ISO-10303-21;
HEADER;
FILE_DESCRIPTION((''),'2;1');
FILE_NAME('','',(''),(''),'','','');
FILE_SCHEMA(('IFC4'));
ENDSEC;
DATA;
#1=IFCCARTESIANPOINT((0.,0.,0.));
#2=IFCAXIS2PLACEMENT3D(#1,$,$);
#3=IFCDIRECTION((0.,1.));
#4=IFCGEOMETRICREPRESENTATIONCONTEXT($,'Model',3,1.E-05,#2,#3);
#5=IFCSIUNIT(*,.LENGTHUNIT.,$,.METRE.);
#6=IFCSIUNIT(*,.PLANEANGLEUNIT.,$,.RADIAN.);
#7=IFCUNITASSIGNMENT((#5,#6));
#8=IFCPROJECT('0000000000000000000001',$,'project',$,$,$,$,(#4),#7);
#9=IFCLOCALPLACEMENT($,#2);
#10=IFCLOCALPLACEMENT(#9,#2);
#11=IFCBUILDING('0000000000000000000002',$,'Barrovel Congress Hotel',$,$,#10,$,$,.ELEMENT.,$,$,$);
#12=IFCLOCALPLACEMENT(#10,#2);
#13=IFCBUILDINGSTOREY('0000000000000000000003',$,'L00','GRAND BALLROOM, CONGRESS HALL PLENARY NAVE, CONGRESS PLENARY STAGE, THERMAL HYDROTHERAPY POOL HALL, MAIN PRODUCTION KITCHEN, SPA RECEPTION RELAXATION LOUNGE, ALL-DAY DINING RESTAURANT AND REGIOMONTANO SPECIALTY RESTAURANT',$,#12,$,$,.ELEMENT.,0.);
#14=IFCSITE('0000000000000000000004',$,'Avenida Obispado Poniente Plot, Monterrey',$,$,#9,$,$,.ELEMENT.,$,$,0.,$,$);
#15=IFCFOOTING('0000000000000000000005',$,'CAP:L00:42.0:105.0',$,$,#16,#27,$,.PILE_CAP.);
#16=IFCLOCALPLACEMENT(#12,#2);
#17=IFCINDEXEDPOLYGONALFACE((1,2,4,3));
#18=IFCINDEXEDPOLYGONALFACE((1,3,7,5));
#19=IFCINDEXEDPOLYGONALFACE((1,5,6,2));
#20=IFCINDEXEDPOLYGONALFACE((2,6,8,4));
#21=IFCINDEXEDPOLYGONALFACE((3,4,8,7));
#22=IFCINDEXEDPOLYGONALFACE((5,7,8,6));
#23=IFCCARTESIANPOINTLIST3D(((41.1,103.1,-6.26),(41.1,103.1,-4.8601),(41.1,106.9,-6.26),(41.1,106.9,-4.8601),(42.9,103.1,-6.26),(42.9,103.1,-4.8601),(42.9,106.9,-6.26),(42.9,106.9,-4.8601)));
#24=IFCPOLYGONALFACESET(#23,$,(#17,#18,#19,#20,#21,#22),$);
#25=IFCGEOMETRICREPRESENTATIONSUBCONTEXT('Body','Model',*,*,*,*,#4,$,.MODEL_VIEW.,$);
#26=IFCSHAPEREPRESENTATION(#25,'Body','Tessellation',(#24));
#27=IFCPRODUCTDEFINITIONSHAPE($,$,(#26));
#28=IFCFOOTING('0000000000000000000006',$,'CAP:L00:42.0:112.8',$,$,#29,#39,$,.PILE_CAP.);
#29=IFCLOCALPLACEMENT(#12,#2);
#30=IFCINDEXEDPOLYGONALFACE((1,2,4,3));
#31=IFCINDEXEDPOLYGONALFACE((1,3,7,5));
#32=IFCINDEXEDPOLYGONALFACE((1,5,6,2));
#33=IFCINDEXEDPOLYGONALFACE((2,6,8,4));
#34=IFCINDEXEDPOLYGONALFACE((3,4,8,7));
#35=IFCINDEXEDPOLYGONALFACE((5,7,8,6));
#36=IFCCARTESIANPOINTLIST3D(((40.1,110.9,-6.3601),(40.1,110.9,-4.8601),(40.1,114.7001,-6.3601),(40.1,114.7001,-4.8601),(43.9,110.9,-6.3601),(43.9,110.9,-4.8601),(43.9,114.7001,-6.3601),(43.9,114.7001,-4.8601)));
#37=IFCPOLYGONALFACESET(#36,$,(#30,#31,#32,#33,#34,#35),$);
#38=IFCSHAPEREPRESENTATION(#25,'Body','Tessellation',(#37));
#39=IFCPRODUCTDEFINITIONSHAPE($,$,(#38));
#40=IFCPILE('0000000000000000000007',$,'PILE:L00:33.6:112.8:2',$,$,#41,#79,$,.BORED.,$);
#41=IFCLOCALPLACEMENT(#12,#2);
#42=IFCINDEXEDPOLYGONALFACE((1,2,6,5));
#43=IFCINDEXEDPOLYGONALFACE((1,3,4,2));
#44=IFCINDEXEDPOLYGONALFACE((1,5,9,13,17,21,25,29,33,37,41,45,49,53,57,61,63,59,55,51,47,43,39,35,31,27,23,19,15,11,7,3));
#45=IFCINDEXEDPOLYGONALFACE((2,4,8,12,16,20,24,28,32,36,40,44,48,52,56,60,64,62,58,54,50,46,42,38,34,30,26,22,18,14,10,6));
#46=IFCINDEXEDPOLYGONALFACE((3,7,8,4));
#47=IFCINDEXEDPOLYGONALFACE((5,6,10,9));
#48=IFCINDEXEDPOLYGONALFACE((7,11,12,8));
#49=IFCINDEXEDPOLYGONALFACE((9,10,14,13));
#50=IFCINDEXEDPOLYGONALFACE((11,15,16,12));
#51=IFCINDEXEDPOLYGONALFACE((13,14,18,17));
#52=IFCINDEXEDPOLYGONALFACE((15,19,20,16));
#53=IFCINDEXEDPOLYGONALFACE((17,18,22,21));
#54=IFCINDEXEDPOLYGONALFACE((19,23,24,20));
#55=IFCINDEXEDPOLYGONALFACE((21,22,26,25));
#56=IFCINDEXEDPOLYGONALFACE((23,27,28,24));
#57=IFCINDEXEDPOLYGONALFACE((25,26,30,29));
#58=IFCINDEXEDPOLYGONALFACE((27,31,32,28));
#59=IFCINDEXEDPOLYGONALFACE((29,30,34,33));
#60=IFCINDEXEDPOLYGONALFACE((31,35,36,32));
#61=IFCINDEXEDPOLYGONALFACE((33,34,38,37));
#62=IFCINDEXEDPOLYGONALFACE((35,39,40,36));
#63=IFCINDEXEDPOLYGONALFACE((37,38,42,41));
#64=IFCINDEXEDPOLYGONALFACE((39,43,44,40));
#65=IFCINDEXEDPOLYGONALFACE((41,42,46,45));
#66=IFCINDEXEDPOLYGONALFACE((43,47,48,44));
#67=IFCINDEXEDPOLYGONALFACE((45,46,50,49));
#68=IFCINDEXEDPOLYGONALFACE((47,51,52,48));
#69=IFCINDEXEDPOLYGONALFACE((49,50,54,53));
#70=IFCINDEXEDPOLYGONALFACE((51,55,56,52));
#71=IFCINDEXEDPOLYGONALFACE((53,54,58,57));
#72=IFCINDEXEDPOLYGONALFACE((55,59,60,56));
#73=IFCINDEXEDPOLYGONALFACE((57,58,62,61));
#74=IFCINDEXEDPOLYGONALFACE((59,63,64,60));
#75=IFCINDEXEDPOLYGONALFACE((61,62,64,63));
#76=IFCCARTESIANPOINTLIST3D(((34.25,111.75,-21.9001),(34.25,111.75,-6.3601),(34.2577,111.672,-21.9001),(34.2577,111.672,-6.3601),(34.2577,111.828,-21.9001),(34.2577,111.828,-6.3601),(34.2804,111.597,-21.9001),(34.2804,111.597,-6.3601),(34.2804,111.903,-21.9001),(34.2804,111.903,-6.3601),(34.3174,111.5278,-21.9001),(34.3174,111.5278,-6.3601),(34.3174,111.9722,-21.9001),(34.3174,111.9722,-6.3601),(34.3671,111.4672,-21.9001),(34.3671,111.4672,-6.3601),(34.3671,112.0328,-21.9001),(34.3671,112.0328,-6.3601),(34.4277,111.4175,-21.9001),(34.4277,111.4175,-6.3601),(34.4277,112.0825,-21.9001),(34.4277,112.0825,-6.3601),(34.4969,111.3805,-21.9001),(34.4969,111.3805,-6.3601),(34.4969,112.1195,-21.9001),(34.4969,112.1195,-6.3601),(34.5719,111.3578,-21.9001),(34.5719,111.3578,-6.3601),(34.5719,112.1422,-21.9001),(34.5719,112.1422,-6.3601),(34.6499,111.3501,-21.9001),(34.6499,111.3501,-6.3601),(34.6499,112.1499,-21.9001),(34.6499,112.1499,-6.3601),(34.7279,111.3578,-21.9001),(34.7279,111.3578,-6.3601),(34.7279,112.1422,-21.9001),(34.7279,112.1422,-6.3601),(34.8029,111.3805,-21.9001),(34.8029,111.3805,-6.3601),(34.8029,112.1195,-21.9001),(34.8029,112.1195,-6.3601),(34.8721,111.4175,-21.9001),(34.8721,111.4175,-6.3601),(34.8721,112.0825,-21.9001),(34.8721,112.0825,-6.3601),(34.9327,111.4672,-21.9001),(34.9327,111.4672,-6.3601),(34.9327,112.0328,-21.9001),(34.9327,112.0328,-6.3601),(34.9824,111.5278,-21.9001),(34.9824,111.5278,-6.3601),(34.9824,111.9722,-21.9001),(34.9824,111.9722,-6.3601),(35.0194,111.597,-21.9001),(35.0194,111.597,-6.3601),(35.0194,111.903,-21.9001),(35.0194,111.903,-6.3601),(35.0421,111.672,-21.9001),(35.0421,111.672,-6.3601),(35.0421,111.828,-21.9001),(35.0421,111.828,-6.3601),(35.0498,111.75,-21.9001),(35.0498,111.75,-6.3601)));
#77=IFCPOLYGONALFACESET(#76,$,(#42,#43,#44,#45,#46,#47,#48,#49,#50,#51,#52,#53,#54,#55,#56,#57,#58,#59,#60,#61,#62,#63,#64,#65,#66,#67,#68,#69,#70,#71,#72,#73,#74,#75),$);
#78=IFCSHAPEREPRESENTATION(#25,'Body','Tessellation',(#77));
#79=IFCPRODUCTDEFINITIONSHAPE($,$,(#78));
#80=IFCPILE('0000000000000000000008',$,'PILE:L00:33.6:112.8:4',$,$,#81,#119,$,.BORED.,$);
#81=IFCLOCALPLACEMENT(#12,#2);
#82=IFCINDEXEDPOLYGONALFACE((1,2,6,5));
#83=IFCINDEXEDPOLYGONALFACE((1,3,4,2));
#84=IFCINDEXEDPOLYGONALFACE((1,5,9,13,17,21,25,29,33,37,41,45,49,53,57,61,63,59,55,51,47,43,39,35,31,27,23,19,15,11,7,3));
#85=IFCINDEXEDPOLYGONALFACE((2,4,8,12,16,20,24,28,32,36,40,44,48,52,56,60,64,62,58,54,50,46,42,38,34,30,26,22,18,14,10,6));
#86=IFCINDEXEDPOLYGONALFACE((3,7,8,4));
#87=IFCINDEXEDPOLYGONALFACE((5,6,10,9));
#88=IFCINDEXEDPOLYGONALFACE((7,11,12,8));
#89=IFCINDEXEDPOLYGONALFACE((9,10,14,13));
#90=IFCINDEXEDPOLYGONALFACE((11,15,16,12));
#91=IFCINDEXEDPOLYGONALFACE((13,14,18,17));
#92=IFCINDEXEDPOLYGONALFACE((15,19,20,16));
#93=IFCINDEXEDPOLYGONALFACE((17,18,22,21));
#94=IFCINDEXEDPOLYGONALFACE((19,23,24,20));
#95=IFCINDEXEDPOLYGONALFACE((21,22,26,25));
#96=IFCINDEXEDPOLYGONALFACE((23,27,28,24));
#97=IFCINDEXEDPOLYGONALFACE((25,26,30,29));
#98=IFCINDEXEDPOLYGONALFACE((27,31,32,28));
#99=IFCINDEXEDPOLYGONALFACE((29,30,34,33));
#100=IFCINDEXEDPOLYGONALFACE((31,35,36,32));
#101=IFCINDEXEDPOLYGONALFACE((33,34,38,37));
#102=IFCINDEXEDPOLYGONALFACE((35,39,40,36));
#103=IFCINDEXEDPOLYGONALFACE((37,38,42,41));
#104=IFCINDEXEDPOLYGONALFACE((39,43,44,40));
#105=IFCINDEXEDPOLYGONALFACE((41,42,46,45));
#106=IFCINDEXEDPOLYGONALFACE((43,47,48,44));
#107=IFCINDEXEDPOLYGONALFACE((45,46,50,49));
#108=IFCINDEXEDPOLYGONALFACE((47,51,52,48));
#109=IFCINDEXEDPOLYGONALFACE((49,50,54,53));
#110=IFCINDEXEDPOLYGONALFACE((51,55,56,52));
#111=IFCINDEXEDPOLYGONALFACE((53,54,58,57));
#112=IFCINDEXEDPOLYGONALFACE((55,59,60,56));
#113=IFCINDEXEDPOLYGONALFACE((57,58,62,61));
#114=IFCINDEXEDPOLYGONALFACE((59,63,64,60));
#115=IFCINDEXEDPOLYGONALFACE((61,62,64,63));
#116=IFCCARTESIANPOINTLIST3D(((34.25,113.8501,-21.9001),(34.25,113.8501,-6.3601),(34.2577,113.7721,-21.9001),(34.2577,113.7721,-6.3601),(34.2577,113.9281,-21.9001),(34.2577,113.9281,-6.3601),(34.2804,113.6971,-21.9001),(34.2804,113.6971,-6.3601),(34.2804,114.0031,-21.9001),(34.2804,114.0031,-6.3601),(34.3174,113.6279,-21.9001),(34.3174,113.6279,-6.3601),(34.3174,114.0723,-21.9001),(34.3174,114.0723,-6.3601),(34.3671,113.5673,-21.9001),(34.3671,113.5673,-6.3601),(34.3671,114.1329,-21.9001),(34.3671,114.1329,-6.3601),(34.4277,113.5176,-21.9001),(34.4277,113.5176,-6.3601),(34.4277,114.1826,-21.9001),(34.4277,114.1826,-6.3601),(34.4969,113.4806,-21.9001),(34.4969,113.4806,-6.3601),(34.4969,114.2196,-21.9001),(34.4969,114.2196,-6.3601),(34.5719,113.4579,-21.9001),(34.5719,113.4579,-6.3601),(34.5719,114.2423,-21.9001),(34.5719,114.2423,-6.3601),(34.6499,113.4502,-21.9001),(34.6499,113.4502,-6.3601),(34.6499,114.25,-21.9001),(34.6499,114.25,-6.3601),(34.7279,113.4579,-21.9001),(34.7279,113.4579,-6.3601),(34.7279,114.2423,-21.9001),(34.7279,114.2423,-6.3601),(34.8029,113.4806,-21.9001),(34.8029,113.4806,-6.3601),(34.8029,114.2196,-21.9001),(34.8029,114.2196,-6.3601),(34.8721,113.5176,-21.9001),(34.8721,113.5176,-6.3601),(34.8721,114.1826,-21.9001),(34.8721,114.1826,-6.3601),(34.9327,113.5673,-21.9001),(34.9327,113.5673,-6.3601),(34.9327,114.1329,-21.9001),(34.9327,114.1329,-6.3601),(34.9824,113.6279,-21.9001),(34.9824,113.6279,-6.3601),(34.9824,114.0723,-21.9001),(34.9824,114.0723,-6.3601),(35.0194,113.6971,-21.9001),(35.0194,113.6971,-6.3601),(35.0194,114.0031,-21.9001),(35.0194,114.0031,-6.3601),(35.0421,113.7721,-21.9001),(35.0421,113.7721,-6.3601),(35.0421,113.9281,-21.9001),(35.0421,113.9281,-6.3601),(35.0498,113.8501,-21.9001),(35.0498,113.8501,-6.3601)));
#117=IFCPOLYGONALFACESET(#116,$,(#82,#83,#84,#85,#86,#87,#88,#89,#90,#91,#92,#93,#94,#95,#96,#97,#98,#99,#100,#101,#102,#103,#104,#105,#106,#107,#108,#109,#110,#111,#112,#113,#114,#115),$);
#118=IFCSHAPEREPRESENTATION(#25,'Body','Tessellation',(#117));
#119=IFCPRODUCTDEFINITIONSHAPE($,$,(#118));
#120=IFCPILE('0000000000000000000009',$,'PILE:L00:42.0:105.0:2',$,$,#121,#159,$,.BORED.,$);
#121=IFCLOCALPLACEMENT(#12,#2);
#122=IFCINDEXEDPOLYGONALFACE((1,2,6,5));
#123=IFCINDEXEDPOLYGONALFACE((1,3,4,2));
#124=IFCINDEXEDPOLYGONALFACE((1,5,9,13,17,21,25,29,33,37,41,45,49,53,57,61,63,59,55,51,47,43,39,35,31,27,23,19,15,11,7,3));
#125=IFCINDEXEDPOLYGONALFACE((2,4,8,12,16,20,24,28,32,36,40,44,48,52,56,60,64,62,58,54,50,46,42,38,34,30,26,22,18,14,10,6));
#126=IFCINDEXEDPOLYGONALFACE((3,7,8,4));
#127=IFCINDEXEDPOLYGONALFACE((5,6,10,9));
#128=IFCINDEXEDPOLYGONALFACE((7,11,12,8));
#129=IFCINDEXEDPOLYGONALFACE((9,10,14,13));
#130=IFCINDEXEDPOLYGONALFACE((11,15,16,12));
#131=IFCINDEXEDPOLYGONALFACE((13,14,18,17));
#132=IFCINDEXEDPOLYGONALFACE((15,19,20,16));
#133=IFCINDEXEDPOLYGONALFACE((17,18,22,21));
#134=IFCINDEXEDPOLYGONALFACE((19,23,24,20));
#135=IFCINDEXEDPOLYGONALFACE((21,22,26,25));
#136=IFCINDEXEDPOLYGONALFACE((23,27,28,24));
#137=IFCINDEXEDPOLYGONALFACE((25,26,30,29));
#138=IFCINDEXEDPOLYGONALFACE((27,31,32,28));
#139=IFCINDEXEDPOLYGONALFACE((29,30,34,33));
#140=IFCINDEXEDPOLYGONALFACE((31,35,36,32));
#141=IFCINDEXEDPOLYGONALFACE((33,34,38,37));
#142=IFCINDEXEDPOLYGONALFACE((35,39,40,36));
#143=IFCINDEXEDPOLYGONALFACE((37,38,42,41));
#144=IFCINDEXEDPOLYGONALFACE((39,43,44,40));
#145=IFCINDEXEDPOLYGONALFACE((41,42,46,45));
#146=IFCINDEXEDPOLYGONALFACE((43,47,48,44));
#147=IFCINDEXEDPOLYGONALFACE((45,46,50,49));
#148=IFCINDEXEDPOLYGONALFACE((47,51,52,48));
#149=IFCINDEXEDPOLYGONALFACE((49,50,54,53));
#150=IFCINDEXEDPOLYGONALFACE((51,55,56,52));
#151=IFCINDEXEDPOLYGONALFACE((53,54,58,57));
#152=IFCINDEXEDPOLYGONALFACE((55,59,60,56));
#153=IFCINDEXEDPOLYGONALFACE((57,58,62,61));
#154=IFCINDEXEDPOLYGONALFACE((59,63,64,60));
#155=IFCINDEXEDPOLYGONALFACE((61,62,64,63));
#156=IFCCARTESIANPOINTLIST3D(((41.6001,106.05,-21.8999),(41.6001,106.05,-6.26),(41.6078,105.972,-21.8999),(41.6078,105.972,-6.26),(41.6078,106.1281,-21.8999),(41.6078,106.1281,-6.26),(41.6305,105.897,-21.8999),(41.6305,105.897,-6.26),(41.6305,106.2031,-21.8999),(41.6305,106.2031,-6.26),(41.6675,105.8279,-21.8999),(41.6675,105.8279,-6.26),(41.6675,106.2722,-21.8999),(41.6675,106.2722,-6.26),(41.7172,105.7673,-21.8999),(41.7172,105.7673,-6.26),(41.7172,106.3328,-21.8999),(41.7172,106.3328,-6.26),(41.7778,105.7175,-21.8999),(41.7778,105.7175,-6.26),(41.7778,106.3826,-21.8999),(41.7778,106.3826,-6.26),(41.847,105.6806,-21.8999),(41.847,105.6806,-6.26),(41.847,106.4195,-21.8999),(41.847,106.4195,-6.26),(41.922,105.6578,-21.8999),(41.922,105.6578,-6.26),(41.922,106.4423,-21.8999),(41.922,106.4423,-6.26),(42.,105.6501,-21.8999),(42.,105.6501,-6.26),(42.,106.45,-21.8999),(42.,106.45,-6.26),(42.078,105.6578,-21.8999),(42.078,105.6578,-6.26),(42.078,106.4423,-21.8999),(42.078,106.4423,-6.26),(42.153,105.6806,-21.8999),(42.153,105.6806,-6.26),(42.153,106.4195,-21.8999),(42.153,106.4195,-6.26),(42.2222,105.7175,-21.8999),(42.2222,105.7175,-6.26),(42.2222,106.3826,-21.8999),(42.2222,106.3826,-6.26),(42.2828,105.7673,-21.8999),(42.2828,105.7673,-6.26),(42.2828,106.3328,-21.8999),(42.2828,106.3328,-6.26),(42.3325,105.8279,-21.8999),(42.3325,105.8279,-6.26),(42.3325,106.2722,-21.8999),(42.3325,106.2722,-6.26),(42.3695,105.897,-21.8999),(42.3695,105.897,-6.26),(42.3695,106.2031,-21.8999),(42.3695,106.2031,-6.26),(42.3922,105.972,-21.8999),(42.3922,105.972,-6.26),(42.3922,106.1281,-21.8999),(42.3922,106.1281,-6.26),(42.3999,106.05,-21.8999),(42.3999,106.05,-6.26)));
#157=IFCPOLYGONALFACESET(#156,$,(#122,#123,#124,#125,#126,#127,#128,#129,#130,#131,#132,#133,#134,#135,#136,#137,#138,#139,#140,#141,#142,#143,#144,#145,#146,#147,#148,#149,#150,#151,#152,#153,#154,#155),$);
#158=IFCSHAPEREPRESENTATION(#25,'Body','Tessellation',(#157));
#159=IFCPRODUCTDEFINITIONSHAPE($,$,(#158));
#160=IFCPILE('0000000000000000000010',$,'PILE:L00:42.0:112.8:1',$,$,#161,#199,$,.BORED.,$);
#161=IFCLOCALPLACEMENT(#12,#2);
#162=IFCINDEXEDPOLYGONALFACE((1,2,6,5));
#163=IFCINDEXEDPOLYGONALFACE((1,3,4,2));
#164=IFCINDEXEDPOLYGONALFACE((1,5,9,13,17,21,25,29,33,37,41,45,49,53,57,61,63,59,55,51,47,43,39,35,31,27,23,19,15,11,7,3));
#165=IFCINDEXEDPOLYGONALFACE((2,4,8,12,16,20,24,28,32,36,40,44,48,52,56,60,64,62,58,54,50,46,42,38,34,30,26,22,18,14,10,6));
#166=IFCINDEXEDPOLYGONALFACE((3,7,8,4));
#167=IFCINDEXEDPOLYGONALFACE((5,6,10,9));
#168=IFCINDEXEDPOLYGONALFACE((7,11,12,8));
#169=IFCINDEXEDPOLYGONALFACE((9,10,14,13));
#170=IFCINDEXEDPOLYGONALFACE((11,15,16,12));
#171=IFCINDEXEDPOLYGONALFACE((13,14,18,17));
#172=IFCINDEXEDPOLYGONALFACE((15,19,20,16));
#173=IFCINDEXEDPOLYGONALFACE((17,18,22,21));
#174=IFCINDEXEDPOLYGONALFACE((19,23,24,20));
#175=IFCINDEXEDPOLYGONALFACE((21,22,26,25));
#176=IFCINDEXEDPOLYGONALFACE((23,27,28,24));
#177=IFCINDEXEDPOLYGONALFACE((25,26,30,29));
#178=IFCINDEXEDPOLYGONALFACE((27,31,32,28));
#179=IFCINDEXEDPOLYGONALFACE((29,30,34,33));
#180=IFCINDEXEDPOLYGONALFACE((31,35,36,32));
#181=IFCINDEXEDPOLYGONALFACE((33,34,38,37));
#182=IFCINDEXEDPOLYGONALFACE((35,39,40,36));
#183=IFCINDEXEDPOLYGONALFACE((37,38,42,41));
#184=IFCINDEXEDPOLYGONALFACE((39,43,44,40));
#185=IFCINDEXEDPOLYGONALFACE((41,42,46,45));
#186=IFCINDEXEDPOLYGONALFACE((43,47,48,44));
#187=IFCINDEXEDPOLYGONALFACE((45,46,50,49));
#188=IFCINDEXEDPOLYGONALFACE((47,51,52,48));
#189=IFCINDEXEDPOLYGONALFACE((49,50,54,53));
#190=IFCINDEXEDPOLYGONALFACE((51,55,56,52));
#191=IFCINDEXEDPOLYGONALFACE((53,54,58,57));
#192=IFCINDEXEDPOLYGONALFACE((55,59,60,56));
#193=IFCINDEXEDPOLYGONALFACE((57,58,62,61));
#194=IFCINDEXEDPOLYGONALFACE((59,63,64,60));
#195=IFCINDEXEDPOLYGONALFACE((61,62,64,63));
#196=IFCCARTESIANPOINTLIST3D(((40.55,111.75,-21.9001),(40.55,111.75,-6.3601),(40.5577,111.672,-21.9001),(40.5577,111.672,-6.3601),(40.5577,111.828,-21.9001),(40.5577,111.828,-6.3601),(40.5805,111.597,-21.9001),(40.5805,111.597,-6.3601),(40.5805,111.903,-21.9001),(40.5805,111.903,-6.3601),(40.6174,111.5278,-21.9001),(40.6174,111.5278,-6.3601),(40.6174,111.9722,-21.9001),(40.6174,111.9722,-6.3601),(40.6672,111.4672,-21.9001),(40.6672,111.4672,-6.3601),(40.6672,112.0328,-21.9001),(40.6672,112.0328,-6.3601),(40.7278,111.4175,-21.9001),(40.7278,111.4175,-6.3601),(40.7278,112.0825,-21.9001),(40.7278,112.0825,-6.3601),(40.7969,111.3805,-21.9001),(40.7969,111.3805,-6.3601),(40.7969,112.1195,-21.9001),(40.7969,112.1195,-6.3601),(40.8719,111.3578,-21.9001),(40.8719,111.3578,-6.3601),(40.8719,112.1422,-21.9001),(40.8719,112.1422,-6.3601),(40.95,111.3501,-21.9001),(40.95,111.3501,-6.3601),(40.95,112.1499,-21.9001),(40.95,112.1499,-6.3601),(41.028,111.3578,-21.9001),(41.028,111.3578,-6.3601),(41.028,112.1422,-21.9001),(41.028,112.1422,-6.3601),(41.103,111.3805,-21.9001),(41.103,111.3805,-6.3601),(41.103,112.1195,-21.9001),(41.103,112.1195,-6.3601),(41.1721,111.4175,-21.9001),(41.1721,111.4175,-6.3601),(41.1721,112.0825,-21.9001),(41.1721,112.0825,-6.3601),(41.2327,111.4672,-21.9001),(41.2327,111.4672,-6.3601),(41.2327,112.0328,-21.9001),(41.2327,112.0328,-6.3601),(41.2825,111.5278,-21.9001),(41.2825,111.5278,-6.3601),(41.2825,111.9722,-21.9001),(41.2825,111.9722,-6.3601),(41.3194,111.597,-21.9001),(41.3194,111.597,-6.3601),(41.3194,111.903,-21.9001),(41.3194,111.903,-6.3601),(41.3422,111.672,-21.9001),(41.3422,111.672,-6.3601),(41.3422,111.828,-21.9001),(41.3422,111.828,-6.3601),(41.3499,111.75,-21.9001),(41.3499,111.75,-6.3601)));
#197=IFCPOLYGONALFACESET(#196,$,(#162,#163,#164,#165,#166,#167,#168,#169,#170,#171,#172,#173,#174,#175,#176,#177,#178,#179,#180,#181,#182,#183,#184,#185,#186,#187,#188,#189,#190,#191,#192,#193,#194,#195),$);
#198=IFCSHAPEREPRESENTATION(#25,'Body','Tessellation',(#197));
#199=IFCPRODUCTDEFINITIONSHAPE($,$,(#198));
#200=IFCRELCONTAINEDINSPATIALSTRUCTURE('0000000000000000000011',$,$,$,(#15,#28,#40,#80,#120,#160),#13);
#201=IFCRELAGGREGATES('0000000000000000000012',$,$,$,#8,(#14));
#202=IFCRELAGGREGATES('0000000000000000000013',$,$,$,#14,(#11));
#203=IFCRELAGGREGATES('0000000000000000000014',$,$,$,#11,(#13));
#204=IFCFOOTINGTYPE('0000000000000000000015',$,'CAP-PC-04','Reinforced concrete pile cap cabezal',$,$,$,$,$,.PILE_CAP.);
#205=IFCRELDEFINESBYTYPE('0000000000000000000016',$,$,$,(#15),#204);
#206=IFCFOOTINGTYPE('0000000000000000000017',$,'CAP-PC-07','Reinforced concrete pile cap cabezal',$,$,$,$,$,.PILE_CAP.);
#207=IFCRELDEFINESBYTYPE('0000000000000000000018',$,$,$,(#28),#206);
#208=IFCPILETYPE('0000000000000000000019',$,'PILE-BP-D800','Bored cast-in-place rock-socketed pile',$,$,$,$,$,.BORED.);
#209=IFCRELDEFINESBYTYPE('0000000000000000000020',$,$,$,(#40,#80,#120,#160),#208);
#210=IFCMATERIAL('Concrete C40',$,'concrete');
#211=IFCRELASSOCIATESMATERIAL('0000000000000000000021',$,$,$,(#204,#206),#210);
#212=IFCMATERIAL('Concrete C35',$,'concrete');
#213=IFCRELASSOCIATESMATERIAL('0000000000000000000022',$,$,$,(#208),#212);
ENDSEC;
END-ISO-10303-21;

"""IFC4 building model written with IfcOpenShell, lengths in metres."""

from ifc_helpers import new_model, si_unit, direction, frame, origin, origin_2d, place, context, subcontext, project, spatial, rectangle, circle, extrude, material, material_profile, profile_set, type_object, element, save


model = new_model("IFC4")

# Units and contexts
model_context = context("Model", 3, precision=1e-05, world=origin(), true_north=direction((0.0, 1.0)))
body_context = subcontext(model_context, "Body", "Model", "MODEL_VIEW")
ifc_project = project(units=[si_unit("LENGTHUNIT", "METRE"), si_unit("PLANEANGLEUNIT", "RADIAN")], contexts=[model_context])

# Site, building, storey
site_placement = place(None, origin())
site = spatial("IfcSite", under=ifc_project, at=site_placement, Name="Avenida Obispado Poniente Plot, Monterrey", CompositionType="ELEMENT", RefElevation=0.0)
building_placement = place(site_placement, origin())
building = spatial("IfcBuilding", under=site, at=building_placement, Name="Barrovel Congress Hotel", CompositionType="ELEMENT")
storey_placement = place(building_placement, origin())
storey = spatial("IfcBuildingStorey", under=building, at=storey_placement, Name="L00", Description="GRAND BALLROOM, CONGRESS HALL PLENARY NAVE, CONGRESS PLENARY STAGE, THERMAL HYDROTHERAPY POOL HALL, MAIN PRODUCTION KITCHEN, SPA RECEPTION RELAXATION LOUNGE, ALL-DAY DINING RESTAURANT AND REGIOMONTANO SPECIALTY RESTAURANT", CompositionType="ELEMENT", Elevation=0.0)

# Footings
ifc_material_1 = material(Name="Concrete C40", Category="concrete")
footing_type_1 = type_object("IfcFootingType", Name="CAP-PC-04", Description="Reinforced concrete pile cap cabezal", PredefinedType="PILE_CAP", material=ifc_material_1)
footing_1_placement = place(storey_placement, frame((42.0, 105.0, -6.26), z_axis=(0.0, 0.0, 1.0), x_axis=(1.0, 0.0, 0.0)))
element("IfcFooting", 1, at=footing_1_placement, inside=storey, type_object=footing_type_1, Name="CAP:L00:42.0:105.0", PredefinedType="PILE_CAP", context=body_context, shape_type="SweptSolid", body=[
    extrude(rectangle(XDim=1.8, YDim=3.8, at=origin_2d()), origin(), (0.0, 0.0, 1.0), 1.3999),
])
footing_type_2 = type_object("IfcFootingType", Name="CAP-PC-07", Description="Reinforced concrete pile cap cabezal", PredefinedType="PILE_CAP", material=ifc_material_1)
footing_2_placement = place(storey_placement, frame((42.0, 112.8, -6.3601), z_axis=(0.0, 0.0, 1.0), x_axis=(1.0, 0.0, 0.0)))
element("IfcFooting", 2, at=footing_2_placement, inside=storey, type_object=footing_type_2, Name="CAP:L00:42.0:112.8", PredefinedType="PILE_CAP", context=body_context, shape_type="SweptSolid", body=[
    extrude(rectangle(XDim=3.8, YDim=3.8, at=origin_2d()), origin(), (0.0, 0.0, 1.0), 1.5),
])

# Piles
ifc_material_2 = material(Name="Concrete C35", Category="concrete")
ifc_material_profile_1 = material_profile(ifc_material_2, circle(Radius=0.3999, at=origin_2d()), Name="BP-D800")
ifc_profile_set_1 = profile_set([ifc_material_profile_1], Name="Concrete C35")
pile_type = type_object("IfcPileType", Name="PILE-BP-D800", Description="Bored cast-in-place rock-socketed pile", PredefinedType="BORED", material=ifc_profile_set_1)
for number, where, z_axis, x_axis, name in (
    (3, (34.6499, 111.75, -6.3601), (0.0, 0.0, -1.0), (1.0, 0.0, 0.0), "PILE:L00:33.6:112.8:2"),
    (4, (34.6499, 113.8501, -6.3601), (0.0, 0.0, -1.0), (1.0, 0.0, 0.0), "PILE:L00:33.6:112.8:4"),
):
    element("IfcPile", number, at=place(storey_placement, frame(where, z_axis=z_axis, x_axis=x_axis)), inside=storey, type_object=pile_type, Name=name, PredefinedType="BORED", context=body_context, shape_type="SweptSolid", body=[
        extrude(circle(Radius=0.3999, at=origin_2d()), origin(), (0.0, 0.0, 1.0), 15.54),
    ])
pile_placement = place(storey_placement, frame((42.0, 106.05, -6.26), z_axis=(0.0, 0.0, -1.0), x_axis=(1.0, 0.0, 0.0)))
element("IfcPile", 5, at=pile_placement, inside=storey, type_object=pile_type, Name="PILE:L00:42.0:105.0:2", PredefinedType="BORED", context=body_context, shape_type="SweptSolid", body=[
    extrude(circle(Radius=0.3999, at=origin_2d()), origin(), (0.0, 0.0, 1.0), 15.6399),
])
for number, where, z_axis, x_axis, name in (
    (6, (40.95, 111.75, -6.3601), (0.0, 0.0, -1.0), (1.0, 0.0, 0.0), "PILE:L00:42.0:112.8:1"),
):
    element("IfcPile", number, at=place(storey_placement, frame(where, z_axis=z_axis, x_axis=x_axis)), inside=storey, type_object=pile_type, Name=name, PredefinedType="BORED", context=body_context, shape_type="SweptSolid", body=[
        extrude(circle(Radius=0.3999, at=origin_2d()), origin(), (0.0, 0.0, 1.0), 15.54),
    ])

save(model, "model.ifc")
